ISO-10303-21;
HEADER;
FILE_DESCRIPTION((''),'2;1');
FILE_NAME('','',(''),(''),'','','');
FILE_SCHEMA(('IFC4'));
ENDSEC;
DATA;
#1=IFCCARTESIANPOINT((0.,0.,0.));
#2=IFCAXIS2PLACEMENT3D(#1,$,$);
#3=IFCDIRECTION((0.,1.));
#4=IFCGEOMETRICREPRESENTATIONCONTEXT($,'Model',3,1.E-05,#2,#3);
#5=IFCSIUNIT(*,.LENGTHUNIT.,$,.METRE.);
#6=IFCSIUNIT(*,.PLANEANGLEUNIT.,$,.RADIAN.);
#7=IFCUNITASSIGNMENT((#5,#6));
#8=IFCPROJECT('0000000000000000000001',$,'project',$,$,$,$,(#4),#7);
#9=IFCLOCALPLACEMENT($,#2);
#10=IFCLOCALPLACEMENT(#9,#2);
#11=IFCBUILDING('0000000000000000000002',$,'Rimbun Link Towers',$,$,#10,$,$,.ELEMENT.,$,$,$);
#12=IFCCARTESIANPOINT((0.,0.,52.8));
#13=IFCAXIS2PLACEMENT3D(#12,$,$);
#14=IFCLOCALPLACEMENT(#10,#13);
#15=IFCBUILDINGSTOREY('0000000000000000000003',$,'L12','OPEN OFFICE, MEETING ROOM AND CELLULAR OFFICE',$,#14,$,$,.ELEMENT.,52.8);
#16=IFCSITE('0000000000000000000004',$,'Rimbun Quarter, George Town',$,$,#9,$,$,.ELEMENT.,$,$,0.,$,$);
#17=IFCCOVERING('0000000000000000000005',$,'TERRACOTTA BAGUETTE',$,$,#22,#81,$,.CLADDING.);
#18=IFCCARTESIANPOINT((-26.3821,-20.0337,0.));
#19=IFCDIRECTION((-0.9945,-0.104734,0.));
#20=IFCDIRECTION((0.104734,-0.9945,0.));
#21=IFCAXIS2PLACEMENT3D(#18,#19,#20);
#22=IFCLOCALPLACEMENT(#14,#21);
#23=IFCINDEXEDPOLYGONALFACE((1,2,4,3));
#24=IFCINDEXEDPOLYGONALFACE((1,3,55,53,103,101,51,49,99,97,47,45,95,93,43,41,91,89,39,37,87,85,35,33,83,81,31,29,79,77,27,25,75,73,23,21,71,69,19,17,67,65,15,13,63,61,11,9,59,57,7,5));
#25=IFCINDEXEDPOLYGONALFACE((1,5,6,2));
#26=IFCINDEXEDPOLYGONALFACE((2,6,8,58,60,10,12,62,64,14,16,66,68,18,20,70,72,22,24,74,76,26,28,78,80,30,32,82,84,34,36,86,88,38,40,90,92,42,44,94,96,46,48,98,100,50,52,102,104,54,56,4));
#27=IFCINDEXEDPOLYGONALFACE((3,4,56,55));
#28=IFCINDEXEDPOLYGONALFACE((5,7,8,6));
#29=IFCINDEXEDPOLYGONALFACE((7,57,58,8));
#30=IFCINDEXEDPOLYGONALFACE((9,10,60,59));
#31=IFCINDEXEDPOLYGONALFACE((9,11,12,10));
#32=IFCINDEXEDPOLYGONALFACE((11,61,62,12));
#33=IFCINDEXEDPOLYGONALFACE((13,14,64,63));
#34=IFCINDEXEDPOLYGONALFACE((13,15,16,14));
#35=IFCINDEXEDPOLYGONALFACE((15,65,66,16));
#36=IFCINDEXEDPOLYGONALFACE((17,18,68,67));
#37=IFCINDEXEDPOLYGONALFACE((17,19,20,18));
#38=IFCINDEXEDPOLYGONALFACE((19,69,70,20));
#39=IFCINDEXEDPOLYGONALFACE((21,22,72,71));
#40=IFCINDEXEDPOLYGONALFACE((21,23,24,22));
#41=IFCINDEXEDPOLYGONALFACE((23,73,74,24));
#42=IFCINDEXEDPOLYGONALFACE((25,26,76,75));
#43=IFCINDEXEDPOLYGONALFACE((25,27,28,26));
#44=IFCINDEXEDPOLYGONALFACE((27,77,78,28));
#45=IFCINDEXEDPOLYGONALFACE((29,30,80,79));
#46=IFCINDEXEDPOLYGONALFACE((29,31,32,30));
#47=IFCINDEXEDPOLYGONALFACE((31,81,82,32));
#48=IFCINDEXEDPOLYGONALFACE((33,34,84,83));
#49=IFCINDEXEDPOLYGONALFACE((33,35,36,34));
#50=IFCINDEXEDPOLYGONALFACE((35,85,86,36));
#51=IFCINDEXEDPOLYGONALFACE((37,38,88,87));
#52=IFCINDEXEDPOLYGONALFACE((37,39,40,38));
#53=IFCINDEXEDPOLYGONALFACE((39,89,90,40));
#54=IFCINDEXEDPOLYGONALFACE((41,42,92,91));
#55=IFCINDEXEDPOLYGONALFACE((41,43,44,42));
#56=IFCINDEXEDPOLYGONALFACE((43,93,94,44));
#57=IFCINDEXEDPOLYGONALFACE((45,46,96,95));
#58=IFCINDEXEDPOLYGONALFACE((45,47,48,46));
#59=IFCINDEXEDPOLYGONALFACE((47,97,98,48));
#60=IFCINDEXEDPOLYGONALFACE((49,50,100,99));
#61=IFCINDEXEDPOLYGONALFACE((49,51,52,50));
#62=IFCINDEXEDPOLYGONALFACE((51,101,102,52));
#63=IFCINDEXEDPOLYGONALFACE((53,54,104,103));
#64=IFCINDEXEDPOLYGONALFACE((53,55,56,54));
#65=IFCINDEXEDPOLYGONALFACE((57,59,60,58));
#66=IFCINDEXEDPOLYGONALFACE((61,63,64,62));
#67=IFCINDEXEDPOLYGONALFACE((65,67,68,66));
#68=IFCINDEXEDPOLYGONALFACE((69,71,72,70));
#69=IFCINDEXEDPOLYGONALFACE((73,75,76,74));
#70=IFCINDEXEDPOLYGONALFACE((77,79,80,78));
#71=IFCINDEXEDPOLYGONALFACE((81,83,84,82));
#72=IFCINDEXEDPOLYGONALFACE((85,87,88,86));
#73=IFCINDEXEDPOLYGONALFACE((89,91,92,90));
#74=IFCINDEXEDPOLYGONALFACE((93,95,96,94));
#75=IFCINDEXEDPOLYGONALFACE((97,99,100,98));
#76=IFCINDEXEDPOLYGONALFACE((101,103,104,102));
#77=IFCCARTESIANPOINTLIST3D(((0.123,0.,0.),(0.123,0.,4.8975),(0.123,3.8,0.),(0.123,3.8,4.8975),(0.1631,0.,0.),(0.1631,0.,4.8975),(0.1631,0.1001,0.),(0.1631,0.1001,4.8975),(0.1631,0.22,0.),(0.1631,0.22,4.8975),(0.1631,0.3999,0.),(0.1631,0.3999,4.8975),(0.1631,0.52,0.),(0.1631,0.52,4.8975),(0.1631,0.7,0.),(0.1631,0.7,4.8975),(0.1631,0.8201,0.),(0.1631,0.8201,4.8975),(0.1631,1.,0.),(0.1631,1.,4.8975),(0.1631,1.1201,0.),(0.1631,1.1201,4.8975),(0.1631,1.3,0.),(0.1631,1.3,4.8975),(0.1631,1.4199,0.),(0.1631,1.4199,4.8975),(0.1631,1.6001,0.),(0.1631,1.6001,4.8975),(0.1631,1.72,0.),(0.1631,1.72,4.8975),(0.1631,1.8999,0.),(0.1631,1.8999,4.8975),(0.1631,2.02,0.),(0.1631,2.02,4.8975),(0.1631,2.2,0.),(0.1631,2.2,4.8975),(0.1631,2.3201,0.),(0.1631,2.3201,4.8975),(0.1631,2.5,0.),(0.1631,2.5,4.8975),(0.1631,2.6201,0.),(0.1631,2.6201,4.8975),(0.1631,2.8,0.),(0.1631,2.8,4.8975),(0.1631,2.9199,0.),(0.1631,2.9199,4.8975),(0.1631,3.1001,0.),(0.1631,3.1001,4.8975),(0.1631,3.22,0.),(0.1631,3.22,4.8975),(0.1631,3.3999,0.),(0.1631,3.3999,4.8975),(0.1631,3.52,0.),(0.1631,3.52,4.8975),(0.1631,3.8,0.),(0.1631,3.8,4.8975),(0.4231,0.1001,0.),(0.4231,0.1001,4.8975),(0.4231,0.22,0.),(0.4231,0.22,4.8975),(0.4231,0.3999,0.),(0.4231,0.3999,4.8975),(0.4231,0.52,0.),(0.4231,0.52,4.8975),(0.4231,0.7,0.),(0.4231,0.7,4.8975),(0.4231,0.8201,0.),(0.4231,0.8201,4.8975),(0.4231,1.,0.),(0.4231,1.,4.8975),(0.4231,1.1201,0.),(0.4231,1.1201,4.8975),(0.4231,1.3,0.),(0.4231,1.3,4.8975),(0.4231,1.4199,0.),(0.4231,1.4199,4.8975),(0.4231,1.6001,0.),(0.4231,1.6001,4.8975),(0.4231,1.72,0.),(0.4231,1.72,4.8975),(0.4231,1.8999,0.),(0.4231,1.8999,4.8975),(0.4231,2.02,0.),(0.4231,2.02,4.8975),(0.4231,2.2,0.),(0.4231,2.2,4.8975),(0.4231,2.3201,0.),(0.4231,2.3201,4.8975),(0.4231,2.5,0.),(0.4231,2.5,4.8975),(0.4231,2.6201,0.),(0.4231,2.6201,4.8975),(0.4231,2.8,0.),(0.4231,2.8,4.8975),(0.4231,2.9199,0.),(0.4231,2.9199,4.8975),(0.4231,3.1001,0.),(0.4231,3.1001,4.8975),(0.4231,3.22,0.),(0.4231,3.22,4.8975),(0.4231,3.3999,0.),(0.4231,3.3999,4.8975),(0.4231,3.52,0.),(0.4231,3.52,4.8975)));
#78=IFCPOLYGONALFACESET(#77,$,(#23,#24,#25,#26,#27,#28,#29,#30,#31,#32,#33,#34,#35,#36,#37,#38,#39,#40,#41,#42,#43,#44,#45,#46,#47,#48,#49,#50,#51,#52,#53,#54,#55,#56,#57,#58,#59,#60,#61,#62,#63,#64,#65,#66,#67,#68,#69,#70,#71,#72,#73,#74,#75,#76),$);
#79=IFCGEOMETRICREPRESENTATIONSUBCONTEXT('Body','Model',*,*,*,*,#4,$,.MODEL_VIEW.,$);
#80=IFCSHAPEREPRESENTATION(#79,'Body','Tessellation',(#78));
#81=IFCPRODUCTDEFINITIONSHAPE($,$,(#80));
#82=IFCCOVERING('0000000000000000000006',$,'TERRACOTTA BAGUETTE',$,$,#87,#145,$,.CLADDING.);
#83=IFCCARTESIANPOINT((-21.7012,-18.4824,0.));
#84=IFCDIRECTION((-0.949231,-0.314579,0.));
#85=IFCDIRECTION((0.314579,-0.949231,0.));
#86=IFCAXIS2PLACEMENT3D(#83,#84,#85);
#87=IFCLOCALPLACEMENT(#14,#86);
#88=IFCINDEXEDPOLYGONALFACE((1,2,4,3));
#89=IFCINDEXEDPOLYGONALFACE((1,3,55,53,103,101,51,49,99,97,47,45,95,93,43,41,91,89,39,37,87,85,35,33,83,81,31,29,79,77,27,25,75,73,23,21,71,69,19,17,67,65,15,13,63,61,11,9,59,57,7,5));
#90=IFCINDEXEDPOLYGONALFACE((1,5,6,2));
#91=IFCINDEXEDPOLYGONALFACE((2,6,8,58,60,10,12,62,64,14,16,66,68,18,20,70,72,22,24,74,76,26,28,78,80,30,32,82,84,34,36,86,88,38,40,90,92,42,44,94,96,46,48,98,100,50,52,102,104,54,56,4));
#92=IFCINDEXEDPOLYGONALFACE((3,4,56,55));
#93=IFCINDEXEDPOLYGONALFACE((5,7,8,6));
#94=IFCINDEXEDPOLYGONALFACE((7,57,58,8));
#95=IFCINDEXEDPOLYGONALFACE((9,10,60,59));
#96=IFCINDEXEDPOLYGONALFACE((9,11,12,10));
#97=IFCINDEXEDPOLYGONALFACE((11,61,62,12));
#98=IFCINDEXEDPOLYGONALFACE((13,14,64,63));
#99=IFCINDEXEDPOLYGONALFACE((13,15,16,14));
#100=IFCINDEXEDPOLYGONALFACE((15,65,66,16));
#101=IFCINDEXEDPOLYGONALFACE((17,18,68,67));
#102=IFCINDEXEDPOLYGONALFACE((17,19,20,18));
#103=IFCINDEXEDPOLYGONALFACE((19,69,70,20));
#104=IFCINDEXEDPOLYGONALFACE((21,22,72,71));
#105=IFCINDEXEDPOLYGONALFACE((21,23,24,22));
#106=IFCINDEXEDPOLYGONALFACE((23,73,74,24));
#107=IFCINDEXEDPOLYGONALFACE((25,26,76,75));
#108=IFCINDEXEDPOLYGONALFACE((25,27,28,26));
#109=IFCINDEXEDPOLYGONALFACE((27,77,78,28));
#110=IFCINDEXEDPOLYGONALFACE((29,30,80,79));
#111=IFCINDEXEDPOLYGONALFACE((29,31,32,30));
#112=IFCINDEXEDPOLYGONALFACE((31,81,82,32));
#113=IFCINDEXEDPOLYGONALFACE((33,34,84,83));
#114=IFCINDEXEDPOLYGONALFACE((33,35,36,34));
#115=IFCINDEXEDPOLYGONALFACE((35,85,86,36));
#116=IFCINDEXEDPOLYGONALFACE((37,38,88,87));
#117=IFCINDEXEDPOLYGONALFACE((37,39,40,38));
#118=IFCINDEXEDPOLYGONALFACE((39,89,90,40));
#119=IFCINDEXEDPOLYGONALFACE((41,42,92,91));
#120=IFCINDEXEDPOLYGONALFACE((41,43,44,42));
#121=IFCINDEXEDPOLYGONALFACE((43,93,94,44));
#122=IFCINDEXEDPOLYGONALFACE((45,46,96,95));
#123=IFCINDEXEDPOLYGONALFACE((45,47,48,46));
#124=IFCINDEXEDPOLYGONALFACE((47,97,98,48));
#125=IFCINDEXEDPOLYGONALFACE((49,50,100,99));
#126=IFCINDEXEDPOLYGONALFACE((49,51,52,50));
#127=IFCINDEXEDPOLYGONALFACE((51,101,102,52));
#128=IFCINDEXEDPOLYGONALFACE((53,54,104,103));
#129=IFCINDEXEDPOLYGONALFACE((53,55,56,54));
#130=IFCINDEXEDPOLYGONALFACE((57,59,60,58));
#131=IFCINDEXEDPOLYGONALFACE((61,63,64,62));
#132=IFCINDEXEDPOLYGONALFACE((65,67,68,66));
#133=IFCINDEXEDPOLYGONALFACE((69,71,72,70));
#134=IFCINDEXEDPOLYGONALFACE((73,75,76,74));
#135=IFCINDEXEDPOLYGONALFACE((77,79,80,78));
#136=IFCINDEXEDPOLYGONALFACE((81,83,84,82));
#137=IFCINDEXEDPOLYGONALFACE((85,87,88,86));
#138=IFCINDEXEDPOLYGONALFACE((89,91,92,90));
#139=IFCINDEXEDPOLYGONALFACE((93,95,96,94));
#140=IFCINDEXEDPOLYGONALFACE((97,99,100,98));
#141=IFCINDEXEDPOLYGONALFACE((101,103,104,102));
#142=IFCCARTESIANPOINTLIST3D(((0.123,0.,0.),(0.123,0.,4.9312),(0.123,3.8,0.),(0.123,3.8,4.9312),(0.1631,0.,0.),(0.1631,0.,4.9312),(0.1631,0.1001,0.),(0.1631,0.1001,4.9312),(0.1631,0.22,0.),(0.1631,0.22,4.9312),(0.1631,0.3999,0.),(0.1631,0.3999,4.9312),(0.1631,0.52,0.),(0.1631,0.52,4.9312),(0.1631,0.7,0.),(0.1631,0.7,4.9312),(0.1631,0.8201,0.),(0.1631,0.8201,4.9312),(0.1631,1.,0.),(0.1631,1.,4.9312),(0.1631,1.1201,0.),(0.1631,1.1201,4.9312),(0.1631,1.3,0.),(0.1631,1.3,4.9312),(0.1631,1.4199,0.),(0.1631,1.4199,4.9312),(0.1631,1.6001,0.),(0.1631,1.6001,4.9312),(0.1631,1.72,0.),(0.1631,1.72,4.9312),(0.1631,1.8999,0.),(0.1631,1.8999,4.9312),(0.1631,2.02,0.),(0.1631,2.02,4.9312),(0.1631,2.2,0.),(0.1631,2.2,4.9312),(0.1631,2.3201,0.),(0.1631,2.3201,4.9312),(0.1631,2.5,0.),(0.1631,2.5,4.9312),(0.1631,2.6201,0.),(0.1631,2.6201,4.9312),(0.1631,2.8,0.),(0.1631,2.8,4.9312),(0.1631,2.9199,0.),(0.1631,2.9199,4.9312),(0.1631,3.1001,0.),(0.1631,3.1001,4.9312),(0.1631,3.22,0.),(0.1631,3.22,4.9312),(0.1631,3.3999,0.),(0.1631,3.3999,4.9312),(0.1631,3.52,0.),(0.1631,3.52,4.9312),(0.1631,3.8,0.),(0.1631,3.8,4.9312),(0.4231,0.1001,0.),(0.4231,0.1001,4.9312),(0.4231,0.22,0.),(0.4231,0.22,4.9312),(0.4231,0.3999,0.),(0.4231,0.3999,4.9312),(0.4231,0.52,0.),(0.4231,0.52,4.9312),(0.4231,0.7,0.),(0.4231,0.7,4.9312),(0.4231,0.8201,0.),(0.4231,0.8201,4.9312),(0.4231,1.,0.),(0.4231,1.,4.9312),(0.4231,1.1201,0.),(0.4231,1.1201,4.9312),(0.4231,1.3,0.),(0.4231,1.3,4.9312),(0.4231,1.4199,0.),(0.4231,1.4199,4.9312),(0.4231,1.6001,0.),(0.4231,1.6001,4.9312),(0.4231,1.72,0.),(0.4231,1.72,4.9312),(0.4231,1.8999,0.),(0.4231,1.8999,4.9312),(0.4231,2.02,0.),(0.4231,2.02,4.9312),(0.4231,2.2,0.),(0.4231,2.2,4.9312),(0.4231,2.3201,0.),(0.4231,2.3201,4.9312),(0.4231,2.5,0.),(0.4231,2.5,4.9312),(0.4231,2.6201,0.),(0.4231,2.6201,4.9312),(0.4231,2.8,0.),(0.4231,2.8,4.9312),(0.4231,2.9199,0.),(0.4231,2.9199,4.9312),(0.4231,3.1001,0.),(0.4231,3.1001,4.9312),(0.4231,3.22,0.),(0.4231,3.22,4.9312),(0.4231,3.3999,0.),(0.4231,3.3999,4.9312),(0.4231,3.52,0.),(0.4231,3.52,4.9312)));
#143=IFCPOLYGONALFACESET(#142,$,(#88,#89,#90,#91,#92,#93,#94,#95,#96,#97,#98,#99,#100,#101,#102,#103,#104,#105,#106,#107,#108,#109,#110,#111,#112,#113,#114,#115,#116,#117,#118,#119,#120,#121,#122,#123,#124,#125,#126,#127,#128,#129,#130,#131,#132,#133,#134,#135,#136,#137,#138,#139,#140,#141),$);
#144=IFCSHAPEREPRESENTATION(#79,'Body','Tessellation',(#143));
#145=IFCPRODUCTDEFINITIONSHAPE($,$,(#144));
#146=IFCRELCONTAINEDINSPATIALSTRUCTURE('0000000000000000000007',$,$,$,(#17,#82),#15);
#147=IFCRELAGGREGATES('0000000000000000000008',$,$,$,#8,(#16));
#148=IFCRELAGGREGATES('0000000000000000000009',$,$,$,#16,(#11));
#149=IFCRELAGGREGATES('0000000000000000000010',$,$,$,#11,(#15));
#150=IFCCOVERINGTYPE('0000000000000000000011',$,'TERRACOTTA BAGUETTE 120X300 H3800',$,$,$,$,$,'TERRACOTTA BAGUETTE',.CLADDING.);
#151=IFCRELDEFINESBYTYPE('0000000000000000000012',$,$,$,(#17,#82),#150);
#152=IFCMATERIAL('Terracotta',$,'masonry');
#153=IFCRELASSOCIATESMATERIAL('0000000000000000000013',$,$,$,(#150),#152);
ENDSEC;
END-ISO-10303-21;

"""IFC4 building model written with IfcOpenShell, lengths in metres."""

from ifc_helpers import new_model, si_unit, direction, frame, origin, place, context, subcontext, project, spatial, polyline, outline, extrude, material, material_profile, profile_set, type_object, element, save


model = new_model("IFC4")

# Units and contexts
model_context = context("Model", 3, precision=1e-05, world=origin(), true_north=direction((0.0, 1.0)))
body_context = subcontext(model_context, "Body", "Model", "MODEL_VIEW")
ifc_project = project(units=[si_unit("LENGTHUNIT", "METRE"), si_unit("PLANEANGLEUNIT", "RADIAN")], contexts=[model_context])

# Site, building, storey
site_placement = place(None, origin())
site = spatial("IfcSite", under=ifc_project, at=site_placement, Name="Rimbun Quarter, George Town", CompositionType="ELEMENT", RefElevation=0.0)
building_placement = place(site_placement, origin())
building = spatial("IfcBuilding", under=site, at=building_placement, Name="Rimbun Link Towers", CompositionType="ELEMENT")
storey_placement = place(building_placement, frame((0.0, 0.0, 52.8)))
storey = spatial("IfcBuildingStorey", under=building, at=storey_placement, Name="L12", Description="OPEN OFFICE, MEETING ROOM AND CELLULAR OFFICE", CompositionType="ELEMENT", Elevation=52.8)

# Coverings
ifc_material_1 = material(Name="Terracotta", Category="masonry")
ifc_material_profile_1 = material_profile(ifc_material_1, outline(polyline([(0.123, 0.0), (0.1631, 0.0), (0.1631, 0.1001), (0.4231, 0.1001), (0.4231, 0.22), (0.1631, 0.22), (0.1631, 0.3999), (0.4231, 0.3999), (0.4231, 0.52), (0.1631, 0.52), (0.1631, 0.7), (0.4231, 0.7), (0.4231, 0.8201), (0.1631, 0.8201), (0.1631, 1.0), (0.4231, 1.0), (0.4231, 1.1201), (0.1631, 1.1201), (0.1631, 1.3), (0.4231, 1.3), (0.4231, 1.4199), (0.1631, 1.4199), (0.1631, 1.6001), (0.4231, 1.6001), (0.4231, 1.72), (0.1631, 1.72), (0.1631, 1.8999), (0.4231, 1.8999), (0.4231, 2.02), (0.1631, 2.02), (0.1631, 2.2), (0.4231, 2.2), (0.4231, 2.3201), (0.1631, 2.3201), (0.1631, 2.5), (0.4231, 2.5), (0.4231, 2.6201), (0.1631, 2.6201), (0.1631, 2.8), (0.4231, 2.8), (0.4231, 2.9199), (0.1631, 2.9199), (0.1631, 3.1001), (0.4231, 3.1001), (0.4231, 3.22), (0.1631, 3.22), (0.1631, 3.3999), (0.4231, 3.3999), (0.4231, 3.52), (0.1631, 3.52), (0.1631, 3.8), (0.123, 3.8), (0.123, 0.0)])), Name="BAGUETTE 120X300")
ifc_profile_set_1 = profile_set([ifc_material_profile_1], Name="Terracotta")
covering_type = type_object("IfcCoveringType", Name="TERRACOTTA BAGUETTE 120X300 H3800", ElementType="TERRACOTTA BAGUETTE", PredefinedType="CLADDING", material=ifc_profile_set_1)
covering_1_placement = place(storey_placement, frame((-26.3821, -20.0337, 0.0), z_axis=(-0.9945, -0.104734, 0.0), x_axis=(0.104734, -0.9945, 0.0)))
element("IfcCovering", 1, at=covering_1_placement, inside=storey, type_object=covering_type, Name="TERRACOTTA BAGUETTE", PredefinedType="CLADDING", context=body_context, shape_type="SweptSolid", body=[
    extrude(outline(polyline([(0.123, 0.0), (0.1631, 0.0), (0.1631, 0.1001), (0.4231, 0.1001), (0.4231, 0.22), (0.1631, 0.22), (0.1631, 0.3999), (0.4231, 0.3999), (0.4231, 0.52), (0.1631, 0.52), (0.1631, 0.7), (0.4231, 0.7), (0.4231, 0.8201), (0.1631, 0.8201), (0.1631, 1.0), (0.4231, 1.0), (0.4231, 1.1201), (0.1631, 1.1201), (0.1631, 1.3), (0.4231, 1.3), (0.4231, 1.4199), (0.1631, 1.4199), (0.1631, 1.6001), (0.4231, 1.6001), (0.4231, 1.72), (0.1631, 1.72), (0.1631, 1.8999), (0.4231, 1.8999), (0.4231, 2.02), (0.1631, 2.02), (0.1631, 2.2), (0.4231, 2.2), (0.4231, 2.3201), (0.1631, 2.3201), (0.1631, 2.5), (0.4231, 2.5), (0.4231, 2.6201), (0.1631, 2.6201), (0.1631, 2.8), (0.4231, 2.8), (0.4231, 2.9199), (0.1631, 2.9199), (0.1631, 3.1001), (0.4231, 3.1001), (0.4231, 3.22), (0.1631, 3.22), (0.1631, 3.3999), (0.4231, 3.3999), (0.4231, 3.52), (0.1631, 3.52), (0.1631, 3.8), (0.123, 3.8), (0.123, 0.0)])), origin(), (0.0, 0.0, 1.0), 4.8975),
])
covering_2_placement = place(storey_placement, frame((-21.7012, -18.4824, 0.0), z_axis=(-0.949231, -0.314579, 0.0), x_axis=(0.314579, -0.949231, 0.0)))
element("IfcCovering", 2, at=covering_2_placement, inside=storey, type_object=covering_type, Name="TERRACOTTA BAGUETTE", PredefinedType="CLADDING", context=body_context, shape_type="SweptSolid", body=[
    extrude(outline(polyline([(0.123, 0.0), (0.1631, 0.0), (0.1631, 0.1001), (0.4231, 0.1001), (0.4231, 0.22), (0.1631, 0.22), (0.1631, 0.3999), (0.4231, 0.3999), (0.4231, 0.52), (0.1631, 0.52), (0.1631, 0.7), (0.4231, 0.7), (0.4231, 0.8201), (0.1631, 0.8201), (0.1631, 1.0), (0.4231, 1.0), (0.4231, 1.1201), (0.1631, 1.1201), (0.1631, 1.3), (0.4231, 1.3), (0.4231, 1.4199), (0.1631, 1.4199), (0.1631, 1.6001), (0.4231, 1.6001), (0.4231, 1.72), (0.1631, 1.72), (0.1631, 1.8999), (0.4231, 1.8999), (0.4231, 2.02), (0.1631, 2.02), (0.1631, 2.2), (0.4231, 2.2), (0.4231, 2.3201), (0.1631, 2.3201), (0.1631, 2.5), (0.4231, 2.5), (0.4231, 2.6201), (0.1631, 2.6201), (0.1631, 2.8), (0.4231, 2.8), (0.4231, 2.9199), (0.1631, 2.9199), (0.1631, 3.1001), (0.4231, 3.1001), (0.4231, 3.22), (0.1631, 3.22), (0.1631, 3.3999), (0.4231, 3.3999), (0.4231, 3.52), (0.1631, 3.52), (0.1631, 3.8), (0.123, 3.8), (0.123, 0.0)])), origin(), (0.0, 0.0, 1.0), 4.9312),
])

save(model, "model.ifc")
